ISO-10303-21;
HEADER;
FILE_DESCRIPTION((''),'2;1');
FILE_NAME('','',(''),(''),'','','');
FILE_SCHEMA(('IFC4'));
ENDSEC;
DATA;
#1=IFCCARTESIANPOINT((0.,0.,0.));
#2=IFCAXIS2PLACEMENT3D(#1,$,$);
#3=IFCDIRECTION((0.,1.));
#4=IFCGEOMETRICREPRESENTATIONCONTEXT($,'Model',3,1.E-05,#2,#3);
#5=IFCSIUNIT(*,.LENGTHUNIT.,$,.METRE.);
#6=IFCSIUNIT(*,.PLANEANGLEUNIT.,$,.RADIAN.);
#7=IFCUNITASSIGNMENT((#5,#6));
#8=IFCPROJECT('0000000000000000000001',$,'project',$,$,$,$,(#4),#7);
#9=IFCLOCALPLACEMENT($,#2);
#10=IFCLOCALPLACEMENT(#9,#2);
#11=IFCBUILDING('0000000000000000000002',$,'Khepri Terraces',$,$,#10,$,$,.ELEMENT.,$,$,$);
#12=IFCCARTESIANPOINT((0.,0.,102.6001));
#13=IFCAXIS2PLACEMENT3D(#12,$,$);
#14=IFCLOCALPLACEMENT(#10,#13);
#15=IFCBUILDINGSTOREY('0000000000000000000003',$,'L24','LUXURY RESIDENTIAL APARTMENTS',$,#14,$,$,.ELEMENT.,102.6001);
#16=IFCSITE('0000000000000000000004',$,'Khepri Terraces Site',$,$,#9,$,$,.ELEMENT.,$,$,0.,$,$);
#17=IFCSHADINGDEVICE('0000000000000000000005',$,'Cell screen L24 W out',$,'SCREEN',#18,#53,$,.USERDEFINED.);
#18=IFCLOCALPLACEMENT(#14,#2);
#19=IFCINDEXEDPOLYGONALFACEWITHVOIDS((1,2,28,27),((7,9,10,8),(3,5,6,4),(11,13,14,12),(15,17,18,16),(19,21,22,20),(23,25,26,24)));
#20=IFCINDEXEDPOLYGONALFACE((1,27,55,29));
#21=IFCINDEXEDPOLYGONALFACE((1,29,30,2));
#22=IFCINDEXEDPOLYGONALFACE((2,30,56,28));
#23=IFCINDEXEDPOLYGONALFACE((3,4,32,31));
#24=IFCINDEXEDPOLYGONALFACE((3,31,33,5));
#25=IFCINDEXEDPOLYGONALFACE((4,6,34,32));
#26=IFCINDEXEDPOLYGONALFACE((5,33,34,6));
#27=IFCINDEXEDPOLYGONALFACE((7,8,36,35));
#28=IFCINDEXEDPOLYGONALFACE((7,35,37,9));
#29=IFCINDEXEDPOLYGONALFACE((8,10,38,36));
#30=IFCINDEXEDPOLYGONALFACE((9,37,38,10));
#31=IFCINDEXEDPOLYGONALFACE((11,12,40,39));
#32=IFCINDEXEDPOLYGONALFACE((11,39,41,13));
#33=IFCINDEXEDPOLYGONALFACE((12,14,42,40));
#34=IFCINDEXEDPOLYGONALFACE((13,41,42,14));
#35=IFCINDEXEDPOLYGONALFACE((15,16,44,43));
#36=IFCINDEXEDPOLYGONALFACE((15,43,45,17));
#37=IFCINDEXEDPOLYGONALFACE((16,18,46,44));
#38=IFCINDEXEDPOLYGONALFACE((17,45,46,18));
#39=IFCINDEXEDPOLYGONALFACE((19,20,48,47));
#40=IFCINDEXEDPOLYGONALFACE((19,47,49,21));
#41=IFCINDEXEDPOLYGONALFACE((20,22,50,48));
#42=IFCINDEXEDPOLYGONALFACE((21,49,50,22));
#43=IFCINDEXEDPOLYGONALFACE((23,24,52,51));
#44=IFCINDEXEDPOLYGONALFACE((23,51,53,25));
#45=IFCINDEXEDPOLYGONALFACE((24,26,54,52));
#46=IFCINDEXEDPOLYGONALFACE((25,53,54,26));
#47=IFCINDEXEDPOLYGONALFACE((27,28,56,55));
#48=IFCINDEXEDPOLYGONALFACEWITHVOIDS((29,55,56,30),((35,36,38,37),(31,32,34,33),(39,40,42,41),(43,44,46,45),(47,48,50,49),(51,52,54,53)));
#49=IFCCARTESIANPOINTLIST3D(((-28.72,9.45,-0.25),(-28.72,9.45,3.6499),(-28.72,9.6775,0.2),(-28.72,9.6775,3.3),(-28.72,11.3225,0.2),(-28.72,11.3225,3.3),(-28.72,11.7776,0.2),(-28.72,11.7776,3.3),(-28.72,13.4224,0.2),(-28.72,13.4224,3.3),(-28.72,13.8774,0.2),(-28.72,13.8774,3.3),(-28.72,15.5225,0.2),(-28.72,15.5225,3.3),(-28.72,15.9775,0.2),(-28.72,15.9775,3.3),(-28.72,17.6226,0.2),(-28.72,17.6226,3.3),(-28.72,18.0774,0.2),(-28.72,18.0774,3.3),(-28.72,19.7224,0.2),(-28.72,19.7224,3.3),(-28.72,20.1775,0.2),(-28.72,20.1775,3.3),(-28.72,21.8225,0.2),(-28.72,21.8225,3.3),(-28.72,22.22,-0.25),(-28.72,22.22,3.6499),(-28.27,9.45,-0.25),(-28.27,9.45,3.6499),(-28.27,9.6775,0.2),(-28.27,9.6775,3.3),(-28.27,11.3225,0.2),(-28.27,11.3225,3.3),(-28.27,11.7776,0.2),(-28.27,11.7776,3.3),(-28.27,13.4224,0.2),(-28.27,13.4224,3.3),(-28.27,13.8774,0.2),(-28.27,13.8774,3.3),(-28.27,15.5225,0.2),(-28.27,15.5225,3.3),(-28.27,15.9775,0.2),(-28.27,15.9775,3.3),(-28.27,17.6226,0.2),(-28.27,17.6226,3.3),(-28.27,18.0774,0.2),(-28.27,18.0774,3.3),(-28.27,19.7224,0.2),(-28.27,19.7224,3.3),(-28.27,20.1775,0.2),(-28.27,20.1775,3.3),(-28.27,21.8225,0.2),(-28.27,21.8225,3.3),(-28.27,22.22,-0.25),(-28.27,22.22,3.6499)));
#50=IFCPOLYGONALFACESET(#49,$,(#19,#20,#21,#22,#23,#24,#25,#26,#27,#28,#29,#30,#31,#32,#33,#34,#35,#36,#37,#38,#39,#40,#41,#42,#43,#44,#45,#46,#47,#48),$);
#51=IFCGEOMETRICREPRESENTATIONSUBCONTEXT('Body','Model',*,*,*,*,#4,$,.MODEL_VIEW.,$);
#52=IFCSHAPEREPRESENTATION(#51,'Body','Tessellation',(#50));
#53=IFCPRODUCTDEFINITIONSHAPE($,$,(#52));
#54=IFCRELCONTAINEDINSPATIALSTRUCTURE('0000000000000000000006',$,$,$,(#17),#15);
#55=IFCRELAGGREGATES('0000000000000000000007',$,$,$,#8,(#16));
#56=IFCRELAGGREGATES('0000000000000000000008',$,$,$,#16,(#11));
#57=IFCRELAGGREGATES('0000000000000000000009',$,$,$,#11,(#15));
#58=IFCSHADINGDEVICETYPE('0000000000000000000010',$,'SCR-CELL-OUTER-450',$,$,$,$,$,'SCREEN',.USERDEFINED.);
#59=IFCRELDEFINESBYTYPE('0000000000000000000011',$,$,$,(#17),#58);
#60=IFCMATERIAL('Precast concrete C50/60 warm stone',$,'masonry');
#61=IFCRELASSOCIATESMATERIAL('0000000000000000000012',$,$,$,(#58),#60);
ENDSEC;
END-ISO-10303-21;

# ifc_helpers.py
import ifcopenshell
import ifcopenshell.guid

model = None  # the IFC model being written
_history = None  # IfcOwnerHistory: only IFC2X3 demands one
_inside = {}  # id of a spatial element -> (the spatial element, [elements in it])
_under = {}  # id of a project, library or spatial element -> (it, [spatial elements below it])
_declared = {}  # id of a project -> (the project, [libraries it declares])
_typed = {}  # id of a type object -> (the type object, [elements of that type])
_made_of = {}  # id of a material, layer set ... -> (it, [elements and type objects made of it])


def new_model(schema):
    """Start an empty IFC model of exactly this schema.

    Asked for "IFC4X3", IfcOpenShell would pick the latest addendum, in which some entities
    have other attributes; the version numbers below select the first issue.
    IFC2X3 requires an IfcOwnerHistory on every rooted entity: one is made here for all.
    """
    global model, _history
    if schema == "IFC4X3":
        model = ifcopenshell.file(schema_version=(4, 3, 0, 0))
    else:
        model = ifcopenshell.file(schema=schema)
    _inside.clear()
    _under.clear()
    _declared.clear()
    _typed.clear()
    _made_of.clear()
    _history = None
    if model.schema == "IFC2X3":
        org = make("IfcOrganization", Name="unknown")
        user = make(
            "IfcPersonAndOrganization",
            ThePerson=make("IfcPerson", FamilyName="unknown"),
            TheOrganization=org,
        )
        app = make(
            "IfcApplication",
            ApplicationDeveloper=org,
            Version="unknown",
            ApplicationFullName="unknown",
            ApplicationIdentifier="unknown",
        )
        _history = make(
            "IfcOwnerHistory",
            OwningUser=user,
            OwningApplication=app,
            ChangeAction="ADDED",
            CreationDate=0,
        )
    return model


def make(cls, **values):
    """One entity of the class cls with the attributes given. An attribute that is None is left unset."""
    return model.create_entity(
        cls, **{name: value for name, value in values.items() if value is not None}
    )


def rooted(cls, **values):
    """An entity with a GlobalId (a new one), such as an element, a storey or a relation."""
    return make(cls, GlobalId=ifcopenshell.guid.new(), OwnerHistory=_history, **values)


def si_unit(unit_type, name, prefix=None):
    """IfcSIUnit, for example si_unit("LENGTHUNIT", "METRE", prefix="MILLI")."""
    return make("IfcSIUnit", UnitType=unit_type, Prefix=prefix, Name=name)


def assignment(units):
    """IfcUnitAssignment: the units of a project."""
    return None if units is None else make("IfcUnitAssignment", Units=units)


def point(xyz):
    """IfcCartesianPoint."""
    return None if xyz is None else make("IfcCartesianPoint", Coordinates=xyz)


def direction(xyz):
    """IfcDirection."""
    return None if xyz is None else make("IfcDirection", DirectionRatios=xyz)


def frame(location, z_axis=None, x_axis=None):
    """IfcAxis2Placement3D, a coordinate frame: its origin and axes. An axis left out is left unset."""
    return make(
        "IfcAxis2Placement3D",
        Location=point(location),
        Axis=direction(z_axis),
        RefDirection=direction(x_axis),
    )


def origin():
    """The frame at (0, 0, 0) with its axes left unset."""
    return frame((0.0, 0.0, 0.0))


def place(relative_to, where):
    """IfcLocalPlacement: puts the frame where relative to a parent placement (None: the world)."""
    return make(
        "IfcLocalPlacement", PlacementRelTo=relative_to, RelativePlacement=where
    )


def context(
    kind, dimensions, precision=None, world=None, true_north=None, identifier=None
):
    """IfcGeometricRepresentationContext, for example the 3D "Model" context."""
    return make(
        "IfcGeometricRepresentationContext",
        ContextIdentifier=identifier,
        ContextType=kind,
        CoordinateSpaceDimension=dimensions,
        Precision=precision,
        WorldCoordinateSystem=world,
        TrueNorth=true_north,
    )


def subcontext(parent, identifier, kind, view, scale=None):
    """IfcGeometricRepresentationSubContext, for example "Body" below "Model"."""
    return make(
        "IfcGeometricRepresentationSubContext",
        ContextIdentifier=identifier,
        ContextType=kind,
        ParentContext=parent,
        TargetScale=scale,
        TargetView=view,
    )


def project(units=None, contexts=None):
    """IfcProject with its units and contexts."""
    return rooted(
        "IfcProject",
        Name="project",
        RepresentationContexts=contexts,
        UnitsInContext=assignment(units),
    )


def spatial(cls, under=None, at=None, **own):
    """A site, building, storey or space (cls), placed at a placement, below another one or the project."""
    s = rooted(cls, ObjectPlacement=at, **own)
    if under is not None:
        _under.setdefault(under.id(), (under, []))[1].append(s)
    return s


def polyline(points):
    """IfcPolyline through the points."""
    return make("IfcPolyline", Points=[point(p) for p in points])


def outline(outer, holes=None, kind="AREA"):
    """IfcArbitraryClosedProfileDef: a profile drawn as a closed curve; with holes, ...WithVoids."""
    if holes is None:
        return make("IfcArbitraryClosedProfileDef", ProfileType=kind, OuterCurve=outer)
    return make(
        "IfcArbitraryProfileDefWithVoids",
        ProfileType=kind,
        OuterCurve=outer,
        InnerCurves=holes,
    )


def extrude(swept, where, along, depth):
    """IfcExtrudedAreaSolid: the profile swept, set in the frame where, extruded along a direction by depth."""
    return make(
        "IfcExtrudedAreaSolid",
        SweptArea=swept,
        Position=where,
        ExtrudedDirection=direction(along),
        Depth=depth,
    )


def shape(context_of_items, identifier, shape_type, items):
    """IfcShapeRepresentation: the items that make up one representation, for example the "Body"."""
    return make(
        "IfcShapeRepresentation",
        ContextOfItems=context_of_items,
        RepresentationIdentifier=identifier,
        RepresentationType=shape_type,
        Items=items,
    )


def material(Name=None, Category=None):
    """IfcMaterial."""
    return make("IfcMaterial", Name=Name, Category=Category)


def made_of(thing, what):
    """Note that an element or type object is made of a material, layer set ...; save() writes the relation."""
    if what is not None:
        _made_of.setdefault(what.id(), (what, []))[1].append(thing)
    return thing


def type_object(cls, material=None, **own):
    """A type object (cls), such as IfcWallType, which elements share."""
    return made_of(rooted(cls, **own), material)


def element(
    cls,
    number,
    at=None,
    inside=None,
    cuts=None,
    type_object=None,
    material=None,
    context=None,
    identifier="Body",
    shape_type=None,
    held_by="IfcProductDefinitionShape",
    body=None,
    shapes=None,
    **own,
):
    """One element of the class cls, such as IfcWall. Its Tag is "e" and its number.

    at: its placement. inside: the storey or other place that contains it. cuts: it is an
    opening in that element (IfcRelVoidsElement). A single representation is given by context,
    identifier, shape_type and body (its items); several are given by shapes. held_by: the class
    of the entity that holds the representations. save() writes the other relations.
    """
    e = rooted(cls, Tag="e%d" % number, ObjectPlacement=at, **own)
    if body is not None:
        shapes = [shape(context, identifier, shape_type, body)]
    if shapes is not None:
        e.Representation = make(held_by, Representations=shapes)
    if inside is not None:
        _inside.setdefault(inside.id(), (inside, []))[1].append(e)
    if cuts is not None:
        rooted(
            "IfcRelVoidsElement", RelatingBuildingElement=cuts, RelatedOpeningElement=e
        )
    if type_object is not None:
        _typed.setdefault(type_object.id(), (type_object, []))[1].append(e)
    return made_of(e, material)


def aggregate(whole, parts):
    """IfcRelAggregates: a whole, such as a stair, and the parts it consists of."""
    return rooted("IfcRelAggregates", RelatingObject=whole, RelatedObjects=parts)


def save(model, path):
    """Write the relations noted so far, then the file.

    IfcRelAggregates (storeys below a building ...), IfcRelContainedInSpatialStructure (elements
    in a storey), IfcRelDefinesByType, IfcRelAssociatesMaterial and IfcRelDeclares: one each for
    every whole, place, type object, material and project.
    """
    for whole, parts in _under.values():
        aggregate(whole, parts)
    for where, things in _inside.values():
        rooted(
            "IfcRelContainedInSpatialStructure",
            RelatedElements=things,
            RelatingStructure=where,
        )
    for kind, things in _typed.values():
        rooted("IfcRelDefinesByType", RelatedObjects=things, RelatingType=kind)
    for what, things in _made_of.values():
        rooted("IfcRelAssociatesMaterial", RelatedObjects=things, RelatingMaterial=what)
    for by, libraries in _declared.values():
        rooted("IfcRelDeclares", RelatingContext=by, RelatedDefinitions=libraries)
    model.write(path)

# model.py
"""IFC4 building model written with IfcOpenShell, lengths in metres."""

from ifc_helpers import new_model, si_unit, direction, frame, origin, place, context, subcontext, project, spatial, polyline, outline, extrude, material, type_object, element, save


model = new_model("IFC4")

# Units and contexts
model_context = context("Model", 3, precision=1e-05, world=origin(), true_north=direction((0.0, 1.0)))
body_context = subcontext(model_context, "Body", "Model", "MODEL_VIEW")
ifc_project = project(units=[si_unit("LENGTHUNIT", "METRE"), si_unit("PLANEANGLEUNIT", "RADIAN")], contexts=[model_context])

# Site, building, storey
site_placement = place(None, origin())
site = spatial("IfcSite", under=ifc_project, at=site_placement, Name="Khepri Terraces Site", CompositionType="ELEMENT", RefElevation=0.0)
building_placement = place(site_placement, origin())
building = spatial("IfcBuilding", under=site, at=building_placement, Name="Khepri Terraces", CompositionType="ELEMENT")
storey_placement = place(building_placement, frame((0.0, 0.0, 102.6001)))
storey = spatial("IfcBuildingStorey", under=building, at=storey_placement, Name="L24", Description="LUXURY RESIDENTIAL APARTMENTS", CompositionType="ELEMENT", Elevation=102.6001)

# Shared definitions
ifc_material_1 = material(Name="Precast concrete C50/60 warm stone", Category="masonry")

# Shading device
shading_device_type_1 = type_object("IfcShadingDeviceType", Name="SCR-CELL-OUTER-450", ElementType="SCREEN", PredefinedType="USERDEFINED", material=ifc_material_1)
shading_device_1_placement = place(storey_placement, frame((-28.27, 22.22, -0.25), z_axis=(-1.0, 0.0, 0.0), x_axis=(0.0, -1.0, 0.0)))
element("IfcShadingDevice", 1, at=shading_device_1_placement, inside=storey, type_object=shading_device_type_1, Name="Cell screen L24 W out", ObjectType="SCREEN", PredefinedType="USERDEFINED", context=body_context, shape_type="SweptSolid", body=[
    extrude(outline(polyline([(0.0, 0.0), (12.77, 0.0), (12.77, 3.8999), (0.0, 3.8999), (0.0, 0.0)]), holes=[polyline([(0.3975, 0.45), (2.0425, 0.45), (2.0425, 3.55), (0.3975, 3.55), (0.3975, 0.45)]), polyline([(2.4976, 0.45), (4.1426, 0.45), (4.1426, 3.55), (2.4976, 3.55), (2.4976, 0.45)]), polyline([(4.5974, 0.45), (6.2424, 0.45), (6.2424, 3.55), (4.5974, 3.55), (4.5974, 0.45)]), polyline([(6.6975, 0.45), (8.3425, 0.45), (8.3425, 3.55), (6.6975, 3.55), (6.6975, 0.45)]), polyline([(8.7976, 0.45), (10.4424, 0.45), (10.4424, 3.55), (8.7976, 3.55), (8.7976, 0.45)]), polyline([(10.8975, 0.45), (12.5425, 0.45), (12.5425, 3.55), (10.8975, 3.55), (10.8975, 0.45)])]), origin(), (0.0, 0.0, 1.0), 0.45),
])

save(model, "model.ifc")
